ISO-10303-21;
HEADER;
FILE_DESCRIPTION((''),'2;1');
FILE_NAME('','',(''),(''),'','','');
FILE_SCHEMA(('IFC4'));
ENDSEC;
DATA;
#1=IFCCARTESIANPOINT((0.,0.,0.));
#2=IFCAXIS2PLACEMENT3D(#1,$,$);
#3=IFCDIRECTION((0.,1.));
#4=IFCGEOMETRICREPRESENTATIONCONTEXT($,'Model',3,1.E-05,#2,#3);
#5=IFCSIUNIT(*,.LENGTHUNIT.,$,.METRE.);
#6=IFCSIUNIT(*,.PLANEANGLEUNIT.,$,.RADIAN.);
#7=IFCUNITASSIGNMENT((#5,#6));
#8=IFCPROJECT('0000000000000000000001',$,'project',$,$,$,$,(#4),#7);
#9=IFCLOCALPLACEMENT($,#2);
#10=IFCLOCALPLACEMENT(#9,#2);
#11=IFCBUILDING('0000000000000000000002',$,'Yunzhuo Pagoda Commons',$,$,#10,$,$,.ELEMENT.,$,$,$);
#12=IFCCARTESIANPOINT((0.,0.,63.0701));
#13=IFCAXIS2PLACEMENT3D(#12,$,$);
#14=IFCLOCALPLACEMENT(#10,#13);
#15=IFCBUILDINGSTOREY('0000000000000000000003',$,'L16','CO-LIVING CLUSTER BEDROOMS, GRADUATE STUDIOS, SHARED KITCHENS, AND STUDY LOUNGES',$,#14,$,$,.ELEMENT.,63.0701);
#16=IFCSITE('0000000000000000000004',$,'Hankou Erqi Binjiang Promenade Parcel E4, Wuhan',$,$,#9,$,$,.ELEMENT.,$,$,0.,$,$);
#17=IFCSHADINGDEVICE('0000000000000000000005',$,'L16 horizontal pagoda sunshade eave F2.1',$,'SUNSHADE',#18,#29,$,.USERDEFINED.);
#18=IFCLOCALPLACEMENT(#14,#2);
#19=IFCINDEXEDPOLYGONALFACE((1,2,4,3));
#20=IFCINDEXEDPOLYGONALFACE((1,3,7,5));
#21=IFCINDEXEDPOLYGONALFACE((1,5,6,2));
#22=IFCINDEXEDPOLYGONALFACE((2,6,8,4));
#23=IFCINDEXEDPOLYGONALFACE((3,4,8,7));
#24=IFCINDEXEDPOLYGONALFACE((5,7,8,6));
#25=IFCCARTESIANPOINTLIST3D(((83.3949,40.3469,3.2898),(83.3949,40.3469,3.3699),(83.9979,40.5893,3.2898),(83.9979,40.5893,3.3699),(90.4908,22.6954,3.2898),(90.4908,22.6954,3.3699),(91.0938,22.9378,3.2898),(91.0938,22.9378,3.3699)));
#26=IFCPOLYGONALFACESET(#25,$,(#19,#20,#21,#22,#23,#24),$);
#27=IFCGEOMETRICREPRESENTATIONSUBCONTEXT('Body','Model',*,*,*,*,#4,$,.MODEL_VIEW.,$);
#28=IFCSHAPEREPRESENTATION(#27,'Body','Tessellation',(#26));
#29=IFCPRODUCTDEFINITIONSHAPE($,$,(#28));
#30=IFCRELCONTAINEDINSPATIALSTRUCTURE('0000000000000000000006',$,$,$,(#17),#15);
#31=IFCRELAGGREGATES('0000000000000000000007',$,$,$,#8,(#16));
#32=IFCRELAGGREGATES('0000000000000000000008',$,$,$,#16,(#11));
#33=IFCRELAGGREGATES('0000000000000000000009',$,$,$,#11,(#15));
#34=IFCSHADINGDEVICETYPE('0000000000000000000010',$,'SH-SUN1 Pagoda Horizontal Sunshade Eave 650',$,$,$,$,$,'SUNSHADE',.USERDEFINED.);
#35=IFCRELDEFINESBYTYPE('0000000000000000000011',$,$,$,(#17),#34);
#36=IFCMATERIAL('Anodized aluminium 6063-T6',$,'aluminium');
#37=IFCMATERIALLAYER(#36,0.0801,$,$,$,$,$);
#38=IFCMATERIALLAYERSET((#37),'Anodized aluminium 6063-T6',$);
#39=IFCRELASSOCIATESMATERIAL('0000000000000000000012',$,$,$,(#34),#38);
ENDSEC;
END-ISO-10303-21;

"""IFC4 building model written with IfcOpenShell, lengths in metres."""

from ifc_helpers import new_model, si_unit, direction, frame, origin, origin_2d, place, context, subcontext, project, spatial, rectangle, extrude, source, transform, mapped, material, layer, layer_set, type_object, element, save


model = new_model("IFC4")

# Units and contexts
model_context = context("Model", 3, precision=1e-05, world=origin(), true_north=direction((0.0, 1.0)))
body_context = subcontext(model_context, "Body", "Model", "MODEL_VIEW")
ifc_project = project(units=[si_unit("LENGTHUNIT", "METRE"), si_unit("PLANEANGLEUNIT", "RADIAN")], contexts=[model_context])

# Site, building, storey
site_placement = place(None, origin())
site = spatial("IfcSite", under=ifc_project, at=site_placement, Name="Hankou Erqi Binjiang Promenade Parcel E4, Wuhan", CompositionType="ELEMENT", RefElevation=0.0)
building_placement = place(site_placement, origin())
building = spatial("IfcBuilding", under=site, at=building_placement, Name="Yunzhuo Pagoda Commons", CompositionType="ELEMENT")
storey_placement = place(building_placement, frame((0.0, 0.0, 63.0701)))
storey = spatial("IfcBuildingStorey", under=building, at=storey_placement, Name="L16", Description="CO-LIVING CLUSTER BEDROOMS, GRADUATE STUDIOS, SHARED KITCHENS, AND STUDY LOUNGES", CompositionType="ELEMENT", Elevation=63.0701)

# Shared definitions
ifc_material_1 = material(Name="Anodized aluminium 6063-T6", Category="aluminium")

# Shading device
ifc_layer_1 = layer(ifc_material_1, 0.0801)
ifc_layer_set_1 = layer_set([ifc_layer_1], Name="Anodized aluminium 6063-T6")
shading_device_type = type_object("IfcShadingDeviceType", Name="SH-SUN1 Pagoda Horizontal Sunshade Eave 650", ElementType="SUNSHADE", PredefinedType="USERDEFINED", material=ifc_layer_set_1)
shared_shape_1 = source(origin(), body_context, "Body", "SweptSolid", [
    extrude(rectangle(XDim=19.0244, YDim=0.6499, at=origin_2d()), origin(), (0.0, 0.0, 1.0), 0.0801),
])
shading_device_placement = place(storey_placement, frame((87.2444, 31.6423, 3.2898), z_axis=(0.0, 0.0, 1.0), x_axis=(-0.372988, 0.927836, 0.0)))
element("IfcShadingDevice", 1, at=shading_device_placement, inside=storey, type_object=shading_device_type, Name="L16 horizontal pagoda sunshade eave F2.1", ObjectType="SUNSHADE", PredefinedType="USERDEFINED", context=body_context, shape_type="MappedRepresentation", body=[
    mapped(shared_shape_1, transform((0.0, 0.0, 0.0), scale=1.0)),
])

save(model, "model.ifc")
